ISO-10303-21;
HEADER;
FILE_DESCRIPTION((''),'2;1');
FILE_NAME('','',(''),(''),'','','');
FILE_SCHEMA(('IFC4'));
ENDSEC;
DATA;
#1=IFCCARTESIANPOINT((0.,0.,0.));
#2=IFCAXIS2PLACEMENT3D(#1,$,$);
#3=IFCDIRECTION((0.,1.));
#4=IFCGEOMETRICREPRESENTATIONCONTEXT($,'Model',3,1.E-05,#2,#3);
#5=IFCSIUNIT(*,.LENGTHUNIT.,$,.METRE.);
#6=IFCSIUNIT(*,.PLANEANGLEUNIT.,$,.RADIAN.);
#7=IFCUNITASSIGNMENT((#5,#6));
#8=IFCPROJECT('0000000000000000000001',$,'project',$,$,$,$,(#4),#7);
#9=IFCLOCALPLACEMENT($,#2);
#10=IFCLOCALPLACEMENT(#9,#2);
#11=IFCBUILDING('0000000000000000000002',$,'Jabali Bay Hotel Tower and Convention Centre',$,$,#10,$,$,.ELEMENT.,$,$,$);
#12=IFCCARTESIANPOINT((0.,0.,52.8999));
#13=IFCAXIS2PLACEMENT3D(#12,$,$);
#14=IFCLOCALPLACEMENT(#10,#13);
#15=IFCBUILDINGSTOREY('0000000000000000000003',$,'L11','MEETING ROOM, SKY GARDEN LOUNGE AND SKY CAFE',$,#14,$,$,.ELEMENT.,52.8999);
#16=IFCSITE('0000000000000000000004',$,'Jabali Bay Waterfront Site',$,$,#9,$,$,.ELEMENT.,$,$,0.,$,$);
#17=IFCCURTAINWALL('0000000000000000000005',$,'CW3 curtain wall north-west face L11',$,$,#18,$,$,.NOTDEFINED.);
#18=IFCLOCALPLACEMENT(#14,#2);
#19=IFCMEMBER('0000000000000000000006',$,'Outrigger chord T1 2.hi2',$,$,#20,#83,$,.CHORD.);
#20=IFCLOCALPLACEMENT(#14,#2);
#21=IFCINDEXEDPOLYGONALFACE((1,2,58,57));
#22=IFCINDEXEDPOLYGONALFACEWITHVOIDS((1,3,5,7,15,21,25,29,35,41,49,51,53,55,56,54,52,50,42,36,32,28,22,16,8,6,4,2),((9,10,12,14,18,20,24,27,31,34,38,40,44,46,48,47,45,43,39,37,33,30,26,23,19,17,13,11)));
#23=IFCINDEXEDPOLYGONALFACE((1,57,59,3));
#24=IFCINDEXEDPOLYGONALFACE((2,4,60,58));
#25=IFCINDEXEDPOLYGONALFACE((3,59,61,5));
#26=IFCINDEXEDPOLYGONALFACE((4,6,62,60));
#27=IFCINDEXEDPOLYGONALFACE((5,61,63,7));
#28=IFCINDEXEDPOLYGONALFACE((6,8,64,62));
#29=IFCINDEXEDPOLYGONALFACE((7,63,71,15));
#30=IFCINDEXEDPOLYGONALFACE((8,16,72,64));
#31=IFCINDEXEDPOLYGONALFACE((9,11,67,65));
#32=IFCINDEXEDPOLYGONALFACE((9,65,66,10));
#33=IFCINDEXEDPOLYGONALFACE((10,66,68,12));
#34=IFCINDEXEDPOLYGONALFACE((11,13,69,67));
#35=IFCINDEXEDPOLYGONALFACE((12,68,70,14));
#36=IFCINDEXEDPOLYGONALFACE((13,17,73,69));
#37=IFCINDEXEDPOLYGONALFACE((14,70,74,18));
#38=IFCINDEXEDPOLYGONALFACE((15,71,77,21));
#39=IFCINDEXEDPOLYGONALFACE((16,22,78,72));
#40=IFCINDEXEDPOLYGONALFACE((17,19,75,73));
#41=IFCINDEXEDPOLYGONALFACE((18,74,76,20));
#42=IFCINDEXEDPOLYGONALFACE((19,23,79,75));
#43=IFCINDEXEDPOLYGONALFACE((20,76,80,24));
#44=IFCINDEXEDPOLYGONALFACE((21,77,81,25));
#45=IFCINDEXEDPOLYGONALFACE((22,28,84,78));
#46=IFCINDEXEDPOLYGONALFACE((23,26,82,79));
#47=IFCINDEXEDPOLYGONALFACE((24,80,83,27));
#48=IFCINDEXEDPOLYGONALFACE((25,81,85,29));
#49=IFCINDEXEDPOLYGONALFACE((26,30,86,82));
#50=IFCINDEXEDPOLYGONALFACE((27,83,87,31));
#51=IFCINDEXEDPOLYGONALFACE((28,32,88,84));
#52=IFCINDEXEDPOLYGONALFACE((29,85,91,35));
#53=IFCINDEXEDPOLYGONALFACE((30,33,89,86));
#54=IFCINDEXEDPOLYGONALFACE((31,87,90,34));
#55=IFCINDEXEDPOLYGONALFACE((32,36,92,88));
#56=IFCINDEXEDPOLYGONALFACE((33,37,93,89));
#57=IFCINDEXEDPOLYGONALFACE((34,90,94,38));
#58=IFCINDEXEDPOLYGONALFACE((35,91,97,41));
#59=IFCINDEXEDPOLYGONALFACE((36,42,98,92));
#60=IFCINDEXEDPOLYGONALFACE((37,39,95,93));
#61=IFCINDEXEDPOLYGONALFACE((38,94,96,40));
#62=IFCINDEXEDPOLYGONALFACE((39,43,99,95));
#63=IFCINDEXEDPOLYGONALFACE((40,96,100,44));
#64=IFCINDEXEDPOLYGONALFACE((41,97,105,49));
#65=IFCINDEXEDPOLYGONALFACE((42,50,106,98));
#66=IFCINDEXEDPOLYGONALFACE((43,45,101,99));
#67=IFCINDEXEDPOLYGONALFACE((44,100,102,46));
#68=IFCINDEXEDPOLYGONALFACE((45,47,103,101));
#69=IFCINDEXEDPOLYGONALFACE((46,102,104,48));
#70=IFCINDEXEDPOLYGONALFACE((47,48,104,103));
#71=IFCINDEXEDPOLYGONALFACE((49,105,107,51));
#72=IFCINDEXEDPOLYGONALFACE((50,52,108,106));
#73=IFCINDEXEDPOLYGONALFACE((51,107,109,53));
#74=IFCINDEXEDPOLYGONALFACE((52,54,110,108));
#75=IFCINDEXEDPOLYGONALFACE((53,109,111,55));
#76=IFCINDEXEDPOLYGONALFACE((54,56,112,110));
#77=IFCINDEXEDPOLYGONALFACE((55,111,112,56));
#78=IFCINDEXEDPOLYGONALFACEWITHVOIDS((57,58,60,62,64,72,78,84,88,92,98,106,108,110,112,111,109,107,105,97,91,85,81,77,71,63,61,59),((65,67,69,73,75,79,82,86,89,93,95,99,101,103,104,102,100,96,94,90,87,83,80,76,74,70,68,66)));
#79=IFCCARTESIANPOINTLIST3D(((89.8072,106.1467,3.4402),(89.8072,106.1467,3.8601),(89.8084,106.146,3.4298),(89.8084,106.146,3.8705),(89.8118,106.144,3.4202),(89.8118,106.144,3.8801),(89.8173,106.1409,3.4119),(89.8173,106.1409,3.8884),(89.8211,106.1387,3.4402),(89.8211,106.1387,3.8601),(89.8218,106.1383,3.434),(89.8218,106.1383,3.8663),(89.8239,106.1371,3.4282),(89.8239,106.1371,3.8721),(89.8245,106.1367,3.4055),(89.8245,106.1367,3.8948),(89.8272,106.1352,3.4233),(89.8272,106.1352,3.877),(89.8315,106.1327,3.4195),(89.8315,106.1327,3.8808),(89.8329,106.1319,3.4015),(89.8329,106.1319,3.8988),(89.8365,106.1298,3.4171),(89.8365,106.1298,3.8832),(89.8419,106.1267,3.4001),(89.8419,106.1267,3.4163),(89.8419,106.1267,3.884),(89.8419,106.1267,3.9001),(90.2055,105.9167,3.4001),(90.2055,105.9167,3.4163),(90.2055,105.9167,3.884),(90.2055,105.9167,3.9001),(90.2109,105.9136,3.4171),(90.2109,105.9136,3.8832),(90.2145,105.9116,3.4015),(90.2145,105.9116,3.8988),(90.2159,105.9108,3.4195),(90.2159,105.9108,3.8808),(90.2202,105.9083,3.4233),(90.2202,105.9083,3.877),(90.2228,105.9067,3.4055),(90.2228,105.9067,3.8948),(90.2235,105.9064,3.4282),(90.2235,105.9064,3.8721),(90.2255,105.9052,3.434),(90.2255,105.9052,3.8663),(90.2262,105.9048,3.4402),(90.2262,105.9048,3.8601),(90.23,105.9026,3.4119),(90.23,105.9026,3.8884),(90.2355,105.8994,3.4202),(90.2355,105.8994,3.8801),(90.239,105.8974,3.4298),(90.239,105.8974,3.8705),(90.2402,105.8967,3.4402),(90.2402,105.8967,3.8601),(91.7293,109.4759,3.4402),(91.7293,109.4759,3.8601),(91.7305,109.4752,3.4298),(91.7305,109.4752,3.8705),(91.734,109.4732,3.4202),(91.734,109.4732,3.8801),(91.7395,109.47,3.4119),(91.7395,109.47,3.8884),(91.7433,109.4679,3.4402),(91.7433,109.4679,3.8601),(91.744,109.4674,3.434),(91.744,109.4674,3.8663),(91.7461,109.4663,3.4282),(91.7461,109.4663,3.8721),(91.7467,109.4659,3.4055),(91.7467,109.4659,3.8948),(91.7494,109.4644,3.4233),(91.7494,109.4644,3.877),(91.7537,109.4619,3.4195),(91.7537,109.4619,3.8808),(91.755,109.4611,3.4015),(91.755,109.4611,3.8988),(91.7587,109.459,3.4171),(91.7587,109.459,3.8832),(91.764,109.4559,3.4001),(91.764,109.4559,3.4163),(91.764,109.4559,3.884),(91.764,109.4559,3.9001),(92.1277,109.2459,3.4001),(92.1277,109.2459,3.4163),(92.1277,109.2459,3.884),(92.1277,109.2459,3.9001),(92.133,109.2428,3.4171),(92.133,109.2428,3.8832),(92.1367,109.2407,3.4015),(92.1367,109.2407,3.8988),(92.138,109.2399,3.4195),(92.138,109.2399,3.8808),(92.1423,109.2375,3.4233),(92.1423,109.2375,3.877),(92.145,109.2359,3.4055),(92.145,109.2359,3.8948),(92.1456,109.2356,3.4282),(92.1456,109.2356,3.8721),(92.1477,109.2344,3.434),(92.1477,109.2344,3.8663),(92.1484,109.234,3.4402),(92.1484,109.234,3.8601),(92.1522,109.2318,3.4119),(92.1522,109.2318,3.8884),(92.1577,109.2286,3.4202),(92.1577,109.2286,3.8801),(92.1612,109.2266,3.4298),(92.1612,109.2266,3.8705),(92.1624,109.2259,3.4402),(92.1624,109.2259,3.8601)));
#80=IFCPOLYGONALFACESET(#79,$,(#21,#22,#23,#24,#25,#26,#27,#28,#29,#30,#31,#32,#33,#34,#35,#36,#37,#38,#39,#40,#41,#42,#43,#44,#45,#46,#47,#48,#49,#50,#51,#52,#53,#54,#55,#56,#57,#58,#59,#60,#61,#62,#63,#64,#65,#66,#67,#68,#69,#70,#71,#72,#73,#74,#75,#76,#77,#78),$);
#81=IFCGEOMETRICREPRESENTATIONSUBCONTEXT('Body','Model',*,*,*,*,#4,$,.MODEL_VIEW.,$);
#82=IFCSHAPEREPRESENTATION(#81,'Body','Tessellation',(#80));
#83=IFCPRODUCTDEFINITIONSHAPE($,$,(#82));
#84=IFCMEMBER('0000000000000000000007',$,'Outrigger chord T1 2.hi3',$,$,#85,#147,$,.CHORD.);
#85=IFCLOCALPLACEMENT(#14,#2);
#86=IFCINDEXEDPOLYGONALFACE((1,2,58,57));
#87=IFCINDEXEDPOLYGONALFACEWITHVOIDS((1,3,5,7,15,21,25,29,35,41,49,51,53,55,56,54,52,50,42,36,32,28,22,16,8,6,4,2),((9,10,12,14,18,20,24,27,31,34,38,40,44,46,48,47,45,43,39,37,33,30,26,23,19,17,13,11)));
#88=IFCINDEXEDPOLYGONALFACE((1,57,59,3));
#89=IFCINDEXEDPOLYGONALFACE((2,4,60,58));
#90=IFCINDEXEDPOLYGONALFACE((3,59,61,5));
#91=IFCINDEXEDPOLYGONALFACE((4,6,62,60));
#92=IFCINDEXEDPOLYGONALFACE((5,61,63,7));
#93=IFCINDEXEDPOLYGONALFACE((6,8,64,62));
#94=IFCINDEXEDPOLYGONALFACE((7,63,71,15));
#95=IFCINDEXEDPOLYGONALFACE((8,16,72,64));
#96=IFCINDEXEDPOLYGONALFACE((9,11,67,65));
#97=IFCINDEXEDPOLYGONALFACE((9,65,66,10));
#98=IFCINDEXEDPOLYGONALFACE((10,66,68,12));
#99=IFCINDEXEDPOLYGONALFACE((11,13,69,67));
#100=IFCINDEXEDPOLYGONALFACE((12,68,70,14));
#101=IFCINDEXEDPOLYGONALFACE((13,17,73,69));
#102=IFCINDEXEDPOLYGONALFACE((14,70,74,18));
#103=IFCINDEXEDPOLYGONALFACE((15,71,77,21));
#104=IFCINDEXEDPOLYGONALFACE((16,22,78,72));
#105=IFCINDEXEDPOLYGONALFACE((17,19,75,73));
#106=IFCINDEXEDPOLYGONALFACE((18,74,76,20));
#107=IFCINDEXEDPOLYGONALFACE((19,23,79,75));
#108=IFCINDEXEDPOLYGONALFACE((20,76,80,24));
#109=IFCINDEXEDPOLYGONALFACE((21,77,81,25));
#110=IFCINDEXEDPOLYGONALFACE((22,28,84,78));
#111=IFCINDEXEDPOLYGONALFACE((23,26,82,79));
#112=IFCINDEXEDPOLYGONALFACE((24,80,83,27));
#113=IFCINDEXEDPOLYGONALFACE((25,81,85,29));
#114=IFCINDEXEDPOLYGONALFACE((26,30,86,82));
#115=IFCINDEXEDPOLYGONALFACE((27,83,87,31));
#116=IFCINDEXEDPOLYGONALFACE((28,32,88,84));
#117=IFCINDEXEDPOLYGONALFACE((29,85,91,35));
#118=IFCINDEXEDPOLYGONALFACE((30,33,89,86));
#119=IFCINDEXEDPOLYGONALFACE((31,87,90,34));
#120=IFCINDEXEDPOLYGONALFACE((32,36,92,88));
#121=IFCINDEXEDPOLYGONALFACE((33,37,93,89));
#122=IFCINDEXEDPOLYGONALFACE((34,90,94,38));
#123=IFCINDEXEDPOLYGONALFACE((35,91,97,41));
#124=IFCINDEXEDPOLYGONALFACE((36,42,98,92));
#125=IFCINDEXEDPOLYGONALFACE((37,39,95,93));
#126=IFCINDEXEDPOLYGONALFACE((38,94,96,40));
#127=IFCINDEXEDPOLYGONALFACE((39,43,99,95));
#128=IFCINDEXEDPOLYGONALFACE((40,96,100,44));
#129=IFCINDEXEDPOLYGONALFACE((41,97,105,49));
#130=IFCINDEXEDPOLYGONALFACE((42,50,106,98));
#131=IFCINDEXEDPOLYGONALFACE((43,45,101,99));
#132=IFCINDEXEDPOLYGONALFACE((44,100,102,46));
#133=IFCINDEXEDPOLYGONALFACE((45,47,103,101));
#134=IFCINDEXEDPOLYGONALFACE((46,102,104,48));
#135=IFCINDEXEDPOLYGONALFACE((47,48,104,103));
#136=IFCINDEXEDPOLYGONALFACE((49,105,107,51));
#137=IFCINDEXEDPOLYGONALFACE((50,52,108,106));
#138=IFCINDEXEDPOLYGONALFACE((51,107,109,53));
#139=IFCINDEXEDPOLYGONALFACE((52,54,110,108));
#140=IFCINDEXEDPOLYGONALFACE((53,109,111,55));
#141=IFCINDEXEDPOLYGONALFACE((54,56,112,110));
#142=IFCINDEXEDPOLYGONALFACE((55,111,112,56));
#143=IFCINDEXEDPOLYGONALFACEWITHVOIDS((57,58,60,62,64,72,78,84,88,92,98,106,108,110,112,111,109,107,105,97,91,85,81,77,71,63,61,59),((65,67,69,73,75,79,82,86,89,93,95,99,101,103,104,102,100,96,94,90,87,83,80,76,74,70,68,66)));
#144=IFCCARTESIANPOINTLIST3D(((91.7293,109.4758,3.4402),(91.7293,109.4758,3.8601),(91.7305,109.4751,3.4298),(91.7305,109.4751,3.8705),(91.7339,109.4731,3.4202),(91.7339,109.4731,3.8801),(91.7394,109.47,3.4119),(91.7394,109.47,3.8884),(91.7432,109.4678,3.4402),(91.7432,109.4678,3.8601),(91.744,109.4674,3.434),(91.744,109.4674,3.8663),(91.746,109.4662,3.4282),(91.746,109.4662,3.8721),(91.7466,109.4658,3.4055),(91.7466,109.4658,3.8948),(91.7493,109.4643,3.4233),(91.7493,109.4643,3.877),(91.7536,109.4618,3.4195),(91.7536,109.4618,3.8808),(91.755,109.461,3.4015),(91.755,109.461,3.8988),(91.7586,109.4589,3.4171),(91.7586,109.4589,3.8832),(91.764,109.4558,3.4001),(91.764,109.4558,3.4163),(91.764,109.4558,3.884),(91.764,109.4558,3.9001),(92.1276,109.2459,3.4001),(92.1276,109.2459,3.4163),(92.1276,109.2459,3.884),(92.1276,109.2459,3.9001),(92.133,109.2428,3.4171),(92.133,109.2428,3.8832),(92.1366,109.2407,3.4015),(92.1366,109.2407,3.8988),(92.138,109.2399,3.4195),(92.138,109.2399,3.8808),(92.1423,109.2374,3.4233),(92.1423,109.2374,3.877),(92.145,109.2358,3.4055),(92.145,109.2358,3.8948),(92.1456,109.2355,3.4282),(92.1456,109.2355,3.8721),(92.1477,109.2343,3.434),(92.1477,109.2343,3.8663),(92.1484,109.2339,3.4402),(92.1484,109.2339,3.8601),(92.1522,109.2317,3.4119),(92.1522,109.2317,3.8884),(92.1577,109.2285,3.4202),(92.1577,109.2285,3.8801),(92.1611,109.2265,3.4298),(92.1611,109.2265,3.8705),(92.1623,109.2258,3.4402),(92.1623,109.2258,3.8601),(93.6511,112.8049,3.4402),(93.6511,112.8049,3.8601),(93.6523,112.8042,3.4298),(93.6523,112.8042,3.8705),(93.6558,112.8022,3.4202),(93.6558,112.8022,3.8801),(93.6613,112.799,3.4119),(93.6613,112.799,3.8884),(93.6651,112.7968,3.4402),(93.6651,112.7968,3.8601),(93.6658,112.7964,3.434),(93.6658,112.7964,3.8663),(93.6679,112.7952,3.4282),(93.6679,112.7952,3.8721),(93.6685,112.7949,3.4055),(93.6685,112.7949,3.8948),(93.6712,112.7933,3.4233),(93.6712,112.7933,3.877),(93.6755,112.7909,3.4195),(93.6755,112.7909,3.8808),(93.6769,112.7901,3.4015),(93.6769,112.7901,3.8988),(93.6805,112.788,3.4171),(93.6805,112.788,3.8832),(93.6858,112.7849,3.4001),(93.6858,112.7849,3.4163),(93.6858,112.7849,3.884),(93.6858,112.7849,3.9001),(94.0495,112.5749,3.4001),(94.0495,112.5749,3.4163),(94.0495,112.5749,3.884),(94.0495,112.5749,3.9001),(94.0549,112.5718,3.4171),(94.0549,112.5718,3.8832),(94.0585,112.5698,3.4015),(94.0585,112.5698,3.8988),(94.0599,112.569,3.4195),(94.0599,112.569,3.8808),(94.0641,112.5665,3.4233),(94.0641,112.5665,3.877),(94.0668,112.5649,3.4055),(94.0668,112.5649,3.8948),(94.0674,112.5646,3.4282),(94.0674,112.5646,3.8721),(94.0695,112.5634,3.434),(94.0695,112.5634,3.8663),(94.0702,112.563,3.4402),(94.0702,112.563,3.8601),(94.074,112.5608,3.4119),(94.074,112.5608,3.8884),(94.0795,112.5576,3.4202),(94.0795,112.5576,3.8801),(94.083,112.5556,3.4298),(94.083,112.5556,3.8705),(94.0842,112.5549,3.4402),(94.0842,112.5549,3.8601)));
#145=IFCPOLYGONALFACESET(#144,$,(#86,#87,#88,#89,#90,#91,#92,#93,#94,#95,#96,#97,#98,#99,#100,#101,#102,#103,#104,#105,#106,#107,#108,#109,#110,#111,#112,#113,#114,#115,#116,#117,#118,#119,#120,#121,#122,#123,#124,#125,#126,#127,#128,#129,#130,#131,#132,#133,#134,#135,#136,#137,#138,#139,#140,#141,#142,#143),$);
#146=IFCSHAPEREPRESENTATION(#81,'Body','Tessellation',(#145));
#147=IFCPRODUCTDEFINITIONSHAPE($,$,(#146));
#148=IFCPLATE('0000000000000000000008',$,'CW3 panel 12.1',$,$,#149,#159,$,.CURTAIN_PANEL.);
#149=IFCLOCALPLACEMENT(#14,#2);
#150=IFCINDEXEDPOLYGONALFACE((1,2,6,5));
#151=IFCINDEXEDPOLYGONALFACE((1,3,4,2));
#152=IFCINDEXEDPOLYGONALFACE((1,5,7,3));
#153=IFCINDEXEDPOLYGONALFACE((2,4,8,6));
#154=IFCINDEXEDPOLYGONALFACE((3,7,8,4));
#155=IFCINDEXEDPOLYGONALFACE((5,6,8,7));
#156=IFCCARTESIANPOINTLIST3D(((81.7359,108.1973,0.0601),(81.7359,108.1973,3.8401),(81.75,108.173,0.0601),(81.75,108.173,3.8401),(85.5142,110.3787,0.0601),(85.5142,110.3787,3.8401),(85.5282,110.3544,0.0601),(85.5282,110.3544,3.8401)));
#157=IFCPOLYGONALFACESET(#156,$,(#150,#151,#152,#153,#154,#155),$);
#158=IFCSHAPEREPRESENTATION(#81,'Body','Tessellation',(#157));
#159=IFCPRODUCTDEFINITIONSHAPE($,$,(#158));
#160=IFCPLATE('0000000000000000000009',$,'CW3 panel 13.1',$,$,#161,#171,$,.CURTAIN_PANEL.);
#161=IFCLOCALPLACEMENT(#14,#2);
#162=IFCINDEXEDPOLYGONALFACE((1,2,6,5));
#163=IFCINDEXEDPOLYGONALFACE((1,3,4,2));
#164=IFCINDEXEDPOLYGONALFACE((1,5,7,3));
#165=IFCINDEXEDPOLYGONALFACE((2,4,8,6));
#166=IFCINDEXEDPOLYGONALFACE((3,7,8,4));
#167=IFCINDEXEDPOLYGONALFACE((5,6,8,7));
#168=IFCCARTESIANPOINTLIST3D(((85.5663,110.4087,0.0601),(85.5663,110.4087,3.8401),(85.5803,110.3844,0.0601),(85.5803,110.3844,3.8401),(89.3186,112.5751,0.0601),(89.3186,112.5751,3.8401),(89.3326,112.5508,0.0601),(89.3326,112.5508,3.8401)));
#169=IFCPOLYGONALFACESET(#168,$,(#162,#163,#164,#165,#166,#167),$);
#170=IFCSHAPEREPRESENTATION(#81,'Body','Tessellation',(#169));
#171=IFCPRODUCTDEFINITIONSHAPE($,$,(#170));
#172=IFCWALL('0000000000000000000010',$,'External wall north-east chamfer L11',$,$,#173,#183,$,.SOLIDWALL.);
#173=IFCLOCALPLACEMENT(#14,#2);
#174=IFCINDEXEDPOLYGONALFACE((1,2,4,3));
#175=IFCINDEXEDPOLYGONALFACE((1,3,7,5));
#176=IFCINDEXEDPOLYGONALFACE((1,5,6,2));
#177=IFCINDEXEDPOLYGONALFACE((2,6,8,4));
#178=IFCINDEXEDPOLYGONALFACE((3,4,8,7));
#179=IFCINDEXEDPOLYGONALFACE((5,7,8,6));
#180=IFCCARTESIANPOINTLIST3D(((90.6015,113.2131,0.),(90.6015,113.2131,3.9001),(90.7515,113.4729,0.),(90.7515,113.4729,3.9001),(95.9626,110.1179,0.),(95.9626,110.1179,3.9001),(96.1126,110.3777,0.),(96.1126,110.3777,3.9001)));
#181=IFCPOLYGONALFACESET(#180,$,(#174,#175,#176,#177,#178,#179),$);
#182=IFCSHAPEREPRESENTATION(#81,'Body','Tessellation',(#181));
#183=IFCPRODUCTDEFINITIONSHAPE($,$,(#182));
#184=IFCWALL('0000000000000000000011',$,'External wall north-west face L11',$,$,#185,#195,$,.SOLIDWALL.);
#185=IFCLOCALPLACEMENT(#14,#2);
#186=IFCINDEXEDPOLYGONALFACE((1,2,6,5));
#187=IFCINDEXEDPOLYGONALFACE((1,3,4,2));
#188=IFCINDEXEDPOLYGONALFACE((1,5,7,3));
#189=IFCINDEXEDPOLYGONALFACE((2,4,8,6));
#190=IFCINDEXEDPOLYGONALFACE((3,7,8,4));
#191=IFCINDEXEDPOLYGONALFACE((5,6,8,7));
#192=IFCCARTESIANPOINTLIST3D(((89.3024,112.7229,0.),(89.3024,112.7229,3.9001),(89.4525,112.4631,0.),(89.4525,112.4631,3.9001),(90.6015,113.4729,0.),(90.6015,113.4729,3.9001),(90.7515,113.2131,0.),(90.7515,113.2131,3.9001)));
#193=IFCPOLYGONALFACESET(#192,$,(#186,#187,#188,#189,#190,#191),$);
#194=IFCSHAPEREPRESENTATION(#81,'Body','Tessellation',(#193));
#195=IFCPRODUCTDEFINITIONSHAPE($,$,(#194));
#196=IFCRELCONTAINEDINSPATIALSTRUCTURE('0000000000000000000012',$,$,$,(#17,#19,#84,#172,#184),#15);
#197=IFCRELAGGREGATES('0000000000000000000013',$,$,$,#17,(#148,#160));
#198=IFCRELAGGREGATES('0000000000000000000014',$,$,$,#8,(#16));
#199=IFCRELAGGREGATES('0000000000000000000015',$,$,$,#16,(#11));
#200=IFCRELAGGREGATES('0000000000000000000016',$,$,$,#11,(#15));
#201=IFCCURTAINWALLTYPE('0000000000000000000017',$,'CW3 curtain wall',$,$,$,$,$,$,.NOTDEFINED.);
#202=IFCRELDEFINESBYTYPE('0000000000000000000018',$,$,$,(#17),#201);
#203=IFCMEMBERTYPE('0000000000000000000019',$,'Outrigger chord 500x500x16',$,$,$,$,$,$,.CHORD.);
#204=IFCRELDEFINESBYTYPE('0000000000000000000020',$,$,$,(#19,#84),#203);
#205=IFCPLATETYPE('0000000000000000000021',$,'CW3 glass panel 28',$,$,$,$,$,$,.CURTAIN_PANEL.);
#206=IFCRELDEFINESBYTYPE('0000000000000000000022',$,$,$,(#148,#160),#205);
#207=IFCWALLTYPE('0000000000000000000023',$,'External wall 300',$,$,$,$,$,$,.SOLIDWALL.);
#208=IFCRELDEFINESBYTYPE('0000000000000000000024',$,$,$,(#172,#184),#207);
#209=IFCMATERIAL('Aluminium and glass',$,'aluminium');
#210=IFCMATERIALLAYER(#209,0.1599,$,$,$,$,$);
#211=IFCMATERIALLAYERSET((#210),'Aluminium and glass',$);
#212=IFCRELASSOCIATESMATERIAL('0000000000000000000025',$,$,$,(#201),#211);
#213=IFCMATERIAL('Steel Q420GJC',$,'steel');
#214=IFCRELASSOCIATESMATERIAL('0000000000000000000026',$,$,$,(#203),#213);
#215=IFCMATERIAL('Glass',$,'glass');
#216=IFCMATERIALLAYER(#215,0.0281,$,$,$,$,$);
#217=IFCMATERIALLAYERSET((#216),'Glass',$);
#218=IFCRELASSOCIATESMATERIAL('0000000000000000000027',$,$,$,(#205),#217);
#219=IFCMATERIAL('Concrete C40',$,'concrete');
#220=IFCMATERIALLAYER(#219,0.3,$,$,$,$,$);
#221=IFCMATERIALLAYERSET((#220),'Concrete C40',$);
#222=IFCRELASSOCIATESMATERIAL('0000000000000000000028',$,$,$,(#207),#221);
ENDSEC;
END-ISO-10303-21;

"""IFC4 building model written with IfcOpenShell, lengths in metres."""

from ifc_helpers import new_model, si_unit, direction, frame, frame_2d, origin, origin_2d, place, context, subcontext, project, spatial, rectangle, hollow_rectangle, extrude, material, layer, layer_set, material_profile, profile_set, type_object, element, aggregate, save


model = new_model("IFC4")

# Units and contexts
model_context = context("Model", 3, precision=1e-05, world=origin(), true_north=direction((0.0, 1.0)))
body_context = subcontext(model_context, "Body", "Model", "MODEL_VIEW")
ifc_project = project(units=[si_unit("LENGTHUNIT", "METRE"), si_unit("PLANEANGLEUNIT", "RADIAN")], contexts=[model_context])

# Site, building, storey
site_placement = place(None, origin())
site = spatial("IfcSite", under=ifc_project, at=site_placement, Name="Jabali Bay Waterfront Site", CompositionType="ELEMENT", RefElevation=0.0)
building_placement = place(site_placement, origin())
building = spatial("IfcBuilding", under=site, at=building_placement, Name="Jabali Bay Hotel Tower and Convention Centre", CompositionType="ELEMENT")
storey_placement = place(building_placement, frame((0.0, 0.0, 52.8999)))
storey = spatial("IfcBuildingStorey", under=building, at=storey_placement, Name="L11", Description="MEETING ROOM, SKY GARDEN LOUNGE AND SKY CAFE", CompositionType="ELEMENT", Elevation=52.8999)

# Shared definitions
ifc_material_1 = material(Name="Steel Q420GJC", Category="steel")

# Curtain wall
ifc_material_2 = material(Name="Aluminium and glass", Category="aluminium")
ifc_layer_1 = layer(ifc_material_2, 0.1599)
ifc_layer_set_1 = layer_set([ifc_layer_1], Name="Aluminium and glass")
curtain_wall_type = type_object("IfcCurtainWallType", Name="CW3 curtain wall", PredefinedType="NOTDEFINED", material=ifc_layer_set_1)
curtain_wall_placement = place(storey_placement, origin())
curtain_wall = element("IfcCurtainWall", 1, at=curtain_wall_placement, inside=storey, type_object=curtain_wall_type, Name="CW3 curtain wall north-west face L11", PredefinedType="NOTDEFINED")

# Members
ifc_material_profile_1 = material_profile(ifc_material_1, hollow_rectangle(XDim=0.5, YDim=0.5, WallThickness=0.0161, InnerFilletRadius=0.0239, OuterFilletRadius=0.04, at=origin_2d()), Name="Outrigger chord 500x500x16")
ifc_profile_set_1 = profile_set([ifc_material_profile_1], Name="Steel Q420GJC")
member_type_1 = type_object("IfcMemberType", Name="Outrigger chord 500x500x16", PredefinedType="CHORD", material=ifc_profile_set_1)
member_1_placement = place(storey_placement, frame((90.0237, 106.0217, 3.6501), z_axis=(0.500012, 0.866018, 0.0), x_axis=(-0.866018, 0.500012, 0.0)))
element("IfcMember", 2, at=member_1_placement, inside=storey, type_object=member_type_1, Name="Outrigger chord T1 2.hi2", PredefinedType="CHORD", context=body_context, shape_type="SweptSolid", body=[
    extrude(hollow_rectangle(XDim=0.5, YDim=0.5, WallThickness=0.0161, InnerFilletRadius=0.0239, OuterFilletRadius=0.04, at=origin_2d()), origin(), (0.0, 0.0, 1.0), 3.8442),
])
member_2_placement = place(storey_placement, frame((91.9458, 109.3508, 3.6501), z_axis=(0.499964, 0.866046, 0.0), x_axis=(-0.866046, 0.499964, 0.0)))
element("IfcMember", 3, at=member_2_placement, inside=storey, type_object=member_type_1, Name="Outrigger chord T1 2.hi3", PredefinedType="CHORD", context=body_context, shape_type="SweptSolid", body=[
    extrude(hollow_rectangle(XDim=0.5, YDim=0.5, WallThickness=0.0161, InnerFilletRadius=0.0239, OuterFilletRadius=0.04, at=origin_2d()), origin(), (0.0, 0.0, 1.0), 3.844),
])

# Plates
ifc_material_3 = material(Name="Glass", Category="glass")
ifc_layer_2 = layer(ifc_material_3, 0.0281)
ifc_layer_set_2 = layer_set([ifc_layer_2], Name="Glass")
plate_type = type_object("IfcPlateType", Name="CW3 glass panel 28", PredefinedType="CURTAIN_PANEL", material=ifc_layer_set_2)
plate_1_placement = place(storey_placement, frame((83.6321, 109.2759, 0.0601), z_axis=(0.0, 0.0, 1.0), x_axis=(0.866025, 0.5, 0.0)))
plate_1 = element("IfcPlate", 4, at=plate_1_placement, type_object=plate_type, Name="CW3 panel 12.1", PredefinedType="CURTAIN_PANEL", context=body_context, shape_type="SweptSolid", body=[
    extrude(rectangle(XDim=4.3628, YDim=0.0281, at=origin_2d()), origin(), (0.0, 0.0, 1.0), 3.78),
])
plate_2_placement = place(storey_placement, frame((87.4495, 111.4797, 0.0601), z_axis=(0.0, 0.0, 1.0), x_axis=(0.866025, 0.5, 0.0)))
plate_2 = element("IfcPlate", 5, at=plate_2_placement, type_object=plate_type, Name="CW3 panel 13.1", PredefinedType="CURTAIN_PANEL", context=body_context, shape_type="SweptSolid", body=[
    extrude(rectangle(XDim=4.3328, YDim=0.0281, at=origin_2d()), origin(), (0.0, 0.0, 1.0), 3.78),
])
aggregate(curtain_wall, [plate_1, plate_2])

# Walls
ifc_material_4 = material(Name="Concrete C40", Category="concrete")
ifc_layer_3 = layer(ifc_material_4, 0.3)
ifc_layer_set_3 = layer_set([ifc_layer_3], Name="Concrete C40")
wall_type = type_object("IfcWallType", Name="External wall 300", PredefinedType="SOLIDWALL", material=ifc_layer_set_3)
wall_1_placement = place(storey_placement, frame((90.6765, 113.343, 0.0), z_axis=(0.0, 0.0, 1.0), x_axis=(0.866026, -0.499999, 0.0)))
element("IfcWall", 6, at=wall_1_placement, inside=storey, type_object=wall_type, Name="External wall north-east chamfer L11", PredefinedType="SOLIDWALL", context=body_context, shape_type="SweptSolid", body=[
    extrude(rectangle(XDim=6.1904, YDim=0.3, at=frame_2d((3.0952, 0.0))), origin(), (0.0, 0.0, 1.0), 3.9001),
])
wall_2_placement = place(storey_placement, frame((89.3774, 112.593, 0.0), z_axis=(0.0, 0.0, 1.0), x_axis=(0.866031, 0.49999, 0.0)))
element("IfcWall", 7, at=wall_2_placement, inside=storey, type_object=wall_type, Name="External wall north-west face L11", PredefinedType="SOLIDWALL", context=body_context, shape_type="SweptSolid", body=[
    extrude(rectangle(XDim=1.5, YDim=0.3, at=frame_2d((0.75, 0.0))), origin(), (0.0, 0.0, 1.0), 3.9001),
])

save(model, "model.ifc")
